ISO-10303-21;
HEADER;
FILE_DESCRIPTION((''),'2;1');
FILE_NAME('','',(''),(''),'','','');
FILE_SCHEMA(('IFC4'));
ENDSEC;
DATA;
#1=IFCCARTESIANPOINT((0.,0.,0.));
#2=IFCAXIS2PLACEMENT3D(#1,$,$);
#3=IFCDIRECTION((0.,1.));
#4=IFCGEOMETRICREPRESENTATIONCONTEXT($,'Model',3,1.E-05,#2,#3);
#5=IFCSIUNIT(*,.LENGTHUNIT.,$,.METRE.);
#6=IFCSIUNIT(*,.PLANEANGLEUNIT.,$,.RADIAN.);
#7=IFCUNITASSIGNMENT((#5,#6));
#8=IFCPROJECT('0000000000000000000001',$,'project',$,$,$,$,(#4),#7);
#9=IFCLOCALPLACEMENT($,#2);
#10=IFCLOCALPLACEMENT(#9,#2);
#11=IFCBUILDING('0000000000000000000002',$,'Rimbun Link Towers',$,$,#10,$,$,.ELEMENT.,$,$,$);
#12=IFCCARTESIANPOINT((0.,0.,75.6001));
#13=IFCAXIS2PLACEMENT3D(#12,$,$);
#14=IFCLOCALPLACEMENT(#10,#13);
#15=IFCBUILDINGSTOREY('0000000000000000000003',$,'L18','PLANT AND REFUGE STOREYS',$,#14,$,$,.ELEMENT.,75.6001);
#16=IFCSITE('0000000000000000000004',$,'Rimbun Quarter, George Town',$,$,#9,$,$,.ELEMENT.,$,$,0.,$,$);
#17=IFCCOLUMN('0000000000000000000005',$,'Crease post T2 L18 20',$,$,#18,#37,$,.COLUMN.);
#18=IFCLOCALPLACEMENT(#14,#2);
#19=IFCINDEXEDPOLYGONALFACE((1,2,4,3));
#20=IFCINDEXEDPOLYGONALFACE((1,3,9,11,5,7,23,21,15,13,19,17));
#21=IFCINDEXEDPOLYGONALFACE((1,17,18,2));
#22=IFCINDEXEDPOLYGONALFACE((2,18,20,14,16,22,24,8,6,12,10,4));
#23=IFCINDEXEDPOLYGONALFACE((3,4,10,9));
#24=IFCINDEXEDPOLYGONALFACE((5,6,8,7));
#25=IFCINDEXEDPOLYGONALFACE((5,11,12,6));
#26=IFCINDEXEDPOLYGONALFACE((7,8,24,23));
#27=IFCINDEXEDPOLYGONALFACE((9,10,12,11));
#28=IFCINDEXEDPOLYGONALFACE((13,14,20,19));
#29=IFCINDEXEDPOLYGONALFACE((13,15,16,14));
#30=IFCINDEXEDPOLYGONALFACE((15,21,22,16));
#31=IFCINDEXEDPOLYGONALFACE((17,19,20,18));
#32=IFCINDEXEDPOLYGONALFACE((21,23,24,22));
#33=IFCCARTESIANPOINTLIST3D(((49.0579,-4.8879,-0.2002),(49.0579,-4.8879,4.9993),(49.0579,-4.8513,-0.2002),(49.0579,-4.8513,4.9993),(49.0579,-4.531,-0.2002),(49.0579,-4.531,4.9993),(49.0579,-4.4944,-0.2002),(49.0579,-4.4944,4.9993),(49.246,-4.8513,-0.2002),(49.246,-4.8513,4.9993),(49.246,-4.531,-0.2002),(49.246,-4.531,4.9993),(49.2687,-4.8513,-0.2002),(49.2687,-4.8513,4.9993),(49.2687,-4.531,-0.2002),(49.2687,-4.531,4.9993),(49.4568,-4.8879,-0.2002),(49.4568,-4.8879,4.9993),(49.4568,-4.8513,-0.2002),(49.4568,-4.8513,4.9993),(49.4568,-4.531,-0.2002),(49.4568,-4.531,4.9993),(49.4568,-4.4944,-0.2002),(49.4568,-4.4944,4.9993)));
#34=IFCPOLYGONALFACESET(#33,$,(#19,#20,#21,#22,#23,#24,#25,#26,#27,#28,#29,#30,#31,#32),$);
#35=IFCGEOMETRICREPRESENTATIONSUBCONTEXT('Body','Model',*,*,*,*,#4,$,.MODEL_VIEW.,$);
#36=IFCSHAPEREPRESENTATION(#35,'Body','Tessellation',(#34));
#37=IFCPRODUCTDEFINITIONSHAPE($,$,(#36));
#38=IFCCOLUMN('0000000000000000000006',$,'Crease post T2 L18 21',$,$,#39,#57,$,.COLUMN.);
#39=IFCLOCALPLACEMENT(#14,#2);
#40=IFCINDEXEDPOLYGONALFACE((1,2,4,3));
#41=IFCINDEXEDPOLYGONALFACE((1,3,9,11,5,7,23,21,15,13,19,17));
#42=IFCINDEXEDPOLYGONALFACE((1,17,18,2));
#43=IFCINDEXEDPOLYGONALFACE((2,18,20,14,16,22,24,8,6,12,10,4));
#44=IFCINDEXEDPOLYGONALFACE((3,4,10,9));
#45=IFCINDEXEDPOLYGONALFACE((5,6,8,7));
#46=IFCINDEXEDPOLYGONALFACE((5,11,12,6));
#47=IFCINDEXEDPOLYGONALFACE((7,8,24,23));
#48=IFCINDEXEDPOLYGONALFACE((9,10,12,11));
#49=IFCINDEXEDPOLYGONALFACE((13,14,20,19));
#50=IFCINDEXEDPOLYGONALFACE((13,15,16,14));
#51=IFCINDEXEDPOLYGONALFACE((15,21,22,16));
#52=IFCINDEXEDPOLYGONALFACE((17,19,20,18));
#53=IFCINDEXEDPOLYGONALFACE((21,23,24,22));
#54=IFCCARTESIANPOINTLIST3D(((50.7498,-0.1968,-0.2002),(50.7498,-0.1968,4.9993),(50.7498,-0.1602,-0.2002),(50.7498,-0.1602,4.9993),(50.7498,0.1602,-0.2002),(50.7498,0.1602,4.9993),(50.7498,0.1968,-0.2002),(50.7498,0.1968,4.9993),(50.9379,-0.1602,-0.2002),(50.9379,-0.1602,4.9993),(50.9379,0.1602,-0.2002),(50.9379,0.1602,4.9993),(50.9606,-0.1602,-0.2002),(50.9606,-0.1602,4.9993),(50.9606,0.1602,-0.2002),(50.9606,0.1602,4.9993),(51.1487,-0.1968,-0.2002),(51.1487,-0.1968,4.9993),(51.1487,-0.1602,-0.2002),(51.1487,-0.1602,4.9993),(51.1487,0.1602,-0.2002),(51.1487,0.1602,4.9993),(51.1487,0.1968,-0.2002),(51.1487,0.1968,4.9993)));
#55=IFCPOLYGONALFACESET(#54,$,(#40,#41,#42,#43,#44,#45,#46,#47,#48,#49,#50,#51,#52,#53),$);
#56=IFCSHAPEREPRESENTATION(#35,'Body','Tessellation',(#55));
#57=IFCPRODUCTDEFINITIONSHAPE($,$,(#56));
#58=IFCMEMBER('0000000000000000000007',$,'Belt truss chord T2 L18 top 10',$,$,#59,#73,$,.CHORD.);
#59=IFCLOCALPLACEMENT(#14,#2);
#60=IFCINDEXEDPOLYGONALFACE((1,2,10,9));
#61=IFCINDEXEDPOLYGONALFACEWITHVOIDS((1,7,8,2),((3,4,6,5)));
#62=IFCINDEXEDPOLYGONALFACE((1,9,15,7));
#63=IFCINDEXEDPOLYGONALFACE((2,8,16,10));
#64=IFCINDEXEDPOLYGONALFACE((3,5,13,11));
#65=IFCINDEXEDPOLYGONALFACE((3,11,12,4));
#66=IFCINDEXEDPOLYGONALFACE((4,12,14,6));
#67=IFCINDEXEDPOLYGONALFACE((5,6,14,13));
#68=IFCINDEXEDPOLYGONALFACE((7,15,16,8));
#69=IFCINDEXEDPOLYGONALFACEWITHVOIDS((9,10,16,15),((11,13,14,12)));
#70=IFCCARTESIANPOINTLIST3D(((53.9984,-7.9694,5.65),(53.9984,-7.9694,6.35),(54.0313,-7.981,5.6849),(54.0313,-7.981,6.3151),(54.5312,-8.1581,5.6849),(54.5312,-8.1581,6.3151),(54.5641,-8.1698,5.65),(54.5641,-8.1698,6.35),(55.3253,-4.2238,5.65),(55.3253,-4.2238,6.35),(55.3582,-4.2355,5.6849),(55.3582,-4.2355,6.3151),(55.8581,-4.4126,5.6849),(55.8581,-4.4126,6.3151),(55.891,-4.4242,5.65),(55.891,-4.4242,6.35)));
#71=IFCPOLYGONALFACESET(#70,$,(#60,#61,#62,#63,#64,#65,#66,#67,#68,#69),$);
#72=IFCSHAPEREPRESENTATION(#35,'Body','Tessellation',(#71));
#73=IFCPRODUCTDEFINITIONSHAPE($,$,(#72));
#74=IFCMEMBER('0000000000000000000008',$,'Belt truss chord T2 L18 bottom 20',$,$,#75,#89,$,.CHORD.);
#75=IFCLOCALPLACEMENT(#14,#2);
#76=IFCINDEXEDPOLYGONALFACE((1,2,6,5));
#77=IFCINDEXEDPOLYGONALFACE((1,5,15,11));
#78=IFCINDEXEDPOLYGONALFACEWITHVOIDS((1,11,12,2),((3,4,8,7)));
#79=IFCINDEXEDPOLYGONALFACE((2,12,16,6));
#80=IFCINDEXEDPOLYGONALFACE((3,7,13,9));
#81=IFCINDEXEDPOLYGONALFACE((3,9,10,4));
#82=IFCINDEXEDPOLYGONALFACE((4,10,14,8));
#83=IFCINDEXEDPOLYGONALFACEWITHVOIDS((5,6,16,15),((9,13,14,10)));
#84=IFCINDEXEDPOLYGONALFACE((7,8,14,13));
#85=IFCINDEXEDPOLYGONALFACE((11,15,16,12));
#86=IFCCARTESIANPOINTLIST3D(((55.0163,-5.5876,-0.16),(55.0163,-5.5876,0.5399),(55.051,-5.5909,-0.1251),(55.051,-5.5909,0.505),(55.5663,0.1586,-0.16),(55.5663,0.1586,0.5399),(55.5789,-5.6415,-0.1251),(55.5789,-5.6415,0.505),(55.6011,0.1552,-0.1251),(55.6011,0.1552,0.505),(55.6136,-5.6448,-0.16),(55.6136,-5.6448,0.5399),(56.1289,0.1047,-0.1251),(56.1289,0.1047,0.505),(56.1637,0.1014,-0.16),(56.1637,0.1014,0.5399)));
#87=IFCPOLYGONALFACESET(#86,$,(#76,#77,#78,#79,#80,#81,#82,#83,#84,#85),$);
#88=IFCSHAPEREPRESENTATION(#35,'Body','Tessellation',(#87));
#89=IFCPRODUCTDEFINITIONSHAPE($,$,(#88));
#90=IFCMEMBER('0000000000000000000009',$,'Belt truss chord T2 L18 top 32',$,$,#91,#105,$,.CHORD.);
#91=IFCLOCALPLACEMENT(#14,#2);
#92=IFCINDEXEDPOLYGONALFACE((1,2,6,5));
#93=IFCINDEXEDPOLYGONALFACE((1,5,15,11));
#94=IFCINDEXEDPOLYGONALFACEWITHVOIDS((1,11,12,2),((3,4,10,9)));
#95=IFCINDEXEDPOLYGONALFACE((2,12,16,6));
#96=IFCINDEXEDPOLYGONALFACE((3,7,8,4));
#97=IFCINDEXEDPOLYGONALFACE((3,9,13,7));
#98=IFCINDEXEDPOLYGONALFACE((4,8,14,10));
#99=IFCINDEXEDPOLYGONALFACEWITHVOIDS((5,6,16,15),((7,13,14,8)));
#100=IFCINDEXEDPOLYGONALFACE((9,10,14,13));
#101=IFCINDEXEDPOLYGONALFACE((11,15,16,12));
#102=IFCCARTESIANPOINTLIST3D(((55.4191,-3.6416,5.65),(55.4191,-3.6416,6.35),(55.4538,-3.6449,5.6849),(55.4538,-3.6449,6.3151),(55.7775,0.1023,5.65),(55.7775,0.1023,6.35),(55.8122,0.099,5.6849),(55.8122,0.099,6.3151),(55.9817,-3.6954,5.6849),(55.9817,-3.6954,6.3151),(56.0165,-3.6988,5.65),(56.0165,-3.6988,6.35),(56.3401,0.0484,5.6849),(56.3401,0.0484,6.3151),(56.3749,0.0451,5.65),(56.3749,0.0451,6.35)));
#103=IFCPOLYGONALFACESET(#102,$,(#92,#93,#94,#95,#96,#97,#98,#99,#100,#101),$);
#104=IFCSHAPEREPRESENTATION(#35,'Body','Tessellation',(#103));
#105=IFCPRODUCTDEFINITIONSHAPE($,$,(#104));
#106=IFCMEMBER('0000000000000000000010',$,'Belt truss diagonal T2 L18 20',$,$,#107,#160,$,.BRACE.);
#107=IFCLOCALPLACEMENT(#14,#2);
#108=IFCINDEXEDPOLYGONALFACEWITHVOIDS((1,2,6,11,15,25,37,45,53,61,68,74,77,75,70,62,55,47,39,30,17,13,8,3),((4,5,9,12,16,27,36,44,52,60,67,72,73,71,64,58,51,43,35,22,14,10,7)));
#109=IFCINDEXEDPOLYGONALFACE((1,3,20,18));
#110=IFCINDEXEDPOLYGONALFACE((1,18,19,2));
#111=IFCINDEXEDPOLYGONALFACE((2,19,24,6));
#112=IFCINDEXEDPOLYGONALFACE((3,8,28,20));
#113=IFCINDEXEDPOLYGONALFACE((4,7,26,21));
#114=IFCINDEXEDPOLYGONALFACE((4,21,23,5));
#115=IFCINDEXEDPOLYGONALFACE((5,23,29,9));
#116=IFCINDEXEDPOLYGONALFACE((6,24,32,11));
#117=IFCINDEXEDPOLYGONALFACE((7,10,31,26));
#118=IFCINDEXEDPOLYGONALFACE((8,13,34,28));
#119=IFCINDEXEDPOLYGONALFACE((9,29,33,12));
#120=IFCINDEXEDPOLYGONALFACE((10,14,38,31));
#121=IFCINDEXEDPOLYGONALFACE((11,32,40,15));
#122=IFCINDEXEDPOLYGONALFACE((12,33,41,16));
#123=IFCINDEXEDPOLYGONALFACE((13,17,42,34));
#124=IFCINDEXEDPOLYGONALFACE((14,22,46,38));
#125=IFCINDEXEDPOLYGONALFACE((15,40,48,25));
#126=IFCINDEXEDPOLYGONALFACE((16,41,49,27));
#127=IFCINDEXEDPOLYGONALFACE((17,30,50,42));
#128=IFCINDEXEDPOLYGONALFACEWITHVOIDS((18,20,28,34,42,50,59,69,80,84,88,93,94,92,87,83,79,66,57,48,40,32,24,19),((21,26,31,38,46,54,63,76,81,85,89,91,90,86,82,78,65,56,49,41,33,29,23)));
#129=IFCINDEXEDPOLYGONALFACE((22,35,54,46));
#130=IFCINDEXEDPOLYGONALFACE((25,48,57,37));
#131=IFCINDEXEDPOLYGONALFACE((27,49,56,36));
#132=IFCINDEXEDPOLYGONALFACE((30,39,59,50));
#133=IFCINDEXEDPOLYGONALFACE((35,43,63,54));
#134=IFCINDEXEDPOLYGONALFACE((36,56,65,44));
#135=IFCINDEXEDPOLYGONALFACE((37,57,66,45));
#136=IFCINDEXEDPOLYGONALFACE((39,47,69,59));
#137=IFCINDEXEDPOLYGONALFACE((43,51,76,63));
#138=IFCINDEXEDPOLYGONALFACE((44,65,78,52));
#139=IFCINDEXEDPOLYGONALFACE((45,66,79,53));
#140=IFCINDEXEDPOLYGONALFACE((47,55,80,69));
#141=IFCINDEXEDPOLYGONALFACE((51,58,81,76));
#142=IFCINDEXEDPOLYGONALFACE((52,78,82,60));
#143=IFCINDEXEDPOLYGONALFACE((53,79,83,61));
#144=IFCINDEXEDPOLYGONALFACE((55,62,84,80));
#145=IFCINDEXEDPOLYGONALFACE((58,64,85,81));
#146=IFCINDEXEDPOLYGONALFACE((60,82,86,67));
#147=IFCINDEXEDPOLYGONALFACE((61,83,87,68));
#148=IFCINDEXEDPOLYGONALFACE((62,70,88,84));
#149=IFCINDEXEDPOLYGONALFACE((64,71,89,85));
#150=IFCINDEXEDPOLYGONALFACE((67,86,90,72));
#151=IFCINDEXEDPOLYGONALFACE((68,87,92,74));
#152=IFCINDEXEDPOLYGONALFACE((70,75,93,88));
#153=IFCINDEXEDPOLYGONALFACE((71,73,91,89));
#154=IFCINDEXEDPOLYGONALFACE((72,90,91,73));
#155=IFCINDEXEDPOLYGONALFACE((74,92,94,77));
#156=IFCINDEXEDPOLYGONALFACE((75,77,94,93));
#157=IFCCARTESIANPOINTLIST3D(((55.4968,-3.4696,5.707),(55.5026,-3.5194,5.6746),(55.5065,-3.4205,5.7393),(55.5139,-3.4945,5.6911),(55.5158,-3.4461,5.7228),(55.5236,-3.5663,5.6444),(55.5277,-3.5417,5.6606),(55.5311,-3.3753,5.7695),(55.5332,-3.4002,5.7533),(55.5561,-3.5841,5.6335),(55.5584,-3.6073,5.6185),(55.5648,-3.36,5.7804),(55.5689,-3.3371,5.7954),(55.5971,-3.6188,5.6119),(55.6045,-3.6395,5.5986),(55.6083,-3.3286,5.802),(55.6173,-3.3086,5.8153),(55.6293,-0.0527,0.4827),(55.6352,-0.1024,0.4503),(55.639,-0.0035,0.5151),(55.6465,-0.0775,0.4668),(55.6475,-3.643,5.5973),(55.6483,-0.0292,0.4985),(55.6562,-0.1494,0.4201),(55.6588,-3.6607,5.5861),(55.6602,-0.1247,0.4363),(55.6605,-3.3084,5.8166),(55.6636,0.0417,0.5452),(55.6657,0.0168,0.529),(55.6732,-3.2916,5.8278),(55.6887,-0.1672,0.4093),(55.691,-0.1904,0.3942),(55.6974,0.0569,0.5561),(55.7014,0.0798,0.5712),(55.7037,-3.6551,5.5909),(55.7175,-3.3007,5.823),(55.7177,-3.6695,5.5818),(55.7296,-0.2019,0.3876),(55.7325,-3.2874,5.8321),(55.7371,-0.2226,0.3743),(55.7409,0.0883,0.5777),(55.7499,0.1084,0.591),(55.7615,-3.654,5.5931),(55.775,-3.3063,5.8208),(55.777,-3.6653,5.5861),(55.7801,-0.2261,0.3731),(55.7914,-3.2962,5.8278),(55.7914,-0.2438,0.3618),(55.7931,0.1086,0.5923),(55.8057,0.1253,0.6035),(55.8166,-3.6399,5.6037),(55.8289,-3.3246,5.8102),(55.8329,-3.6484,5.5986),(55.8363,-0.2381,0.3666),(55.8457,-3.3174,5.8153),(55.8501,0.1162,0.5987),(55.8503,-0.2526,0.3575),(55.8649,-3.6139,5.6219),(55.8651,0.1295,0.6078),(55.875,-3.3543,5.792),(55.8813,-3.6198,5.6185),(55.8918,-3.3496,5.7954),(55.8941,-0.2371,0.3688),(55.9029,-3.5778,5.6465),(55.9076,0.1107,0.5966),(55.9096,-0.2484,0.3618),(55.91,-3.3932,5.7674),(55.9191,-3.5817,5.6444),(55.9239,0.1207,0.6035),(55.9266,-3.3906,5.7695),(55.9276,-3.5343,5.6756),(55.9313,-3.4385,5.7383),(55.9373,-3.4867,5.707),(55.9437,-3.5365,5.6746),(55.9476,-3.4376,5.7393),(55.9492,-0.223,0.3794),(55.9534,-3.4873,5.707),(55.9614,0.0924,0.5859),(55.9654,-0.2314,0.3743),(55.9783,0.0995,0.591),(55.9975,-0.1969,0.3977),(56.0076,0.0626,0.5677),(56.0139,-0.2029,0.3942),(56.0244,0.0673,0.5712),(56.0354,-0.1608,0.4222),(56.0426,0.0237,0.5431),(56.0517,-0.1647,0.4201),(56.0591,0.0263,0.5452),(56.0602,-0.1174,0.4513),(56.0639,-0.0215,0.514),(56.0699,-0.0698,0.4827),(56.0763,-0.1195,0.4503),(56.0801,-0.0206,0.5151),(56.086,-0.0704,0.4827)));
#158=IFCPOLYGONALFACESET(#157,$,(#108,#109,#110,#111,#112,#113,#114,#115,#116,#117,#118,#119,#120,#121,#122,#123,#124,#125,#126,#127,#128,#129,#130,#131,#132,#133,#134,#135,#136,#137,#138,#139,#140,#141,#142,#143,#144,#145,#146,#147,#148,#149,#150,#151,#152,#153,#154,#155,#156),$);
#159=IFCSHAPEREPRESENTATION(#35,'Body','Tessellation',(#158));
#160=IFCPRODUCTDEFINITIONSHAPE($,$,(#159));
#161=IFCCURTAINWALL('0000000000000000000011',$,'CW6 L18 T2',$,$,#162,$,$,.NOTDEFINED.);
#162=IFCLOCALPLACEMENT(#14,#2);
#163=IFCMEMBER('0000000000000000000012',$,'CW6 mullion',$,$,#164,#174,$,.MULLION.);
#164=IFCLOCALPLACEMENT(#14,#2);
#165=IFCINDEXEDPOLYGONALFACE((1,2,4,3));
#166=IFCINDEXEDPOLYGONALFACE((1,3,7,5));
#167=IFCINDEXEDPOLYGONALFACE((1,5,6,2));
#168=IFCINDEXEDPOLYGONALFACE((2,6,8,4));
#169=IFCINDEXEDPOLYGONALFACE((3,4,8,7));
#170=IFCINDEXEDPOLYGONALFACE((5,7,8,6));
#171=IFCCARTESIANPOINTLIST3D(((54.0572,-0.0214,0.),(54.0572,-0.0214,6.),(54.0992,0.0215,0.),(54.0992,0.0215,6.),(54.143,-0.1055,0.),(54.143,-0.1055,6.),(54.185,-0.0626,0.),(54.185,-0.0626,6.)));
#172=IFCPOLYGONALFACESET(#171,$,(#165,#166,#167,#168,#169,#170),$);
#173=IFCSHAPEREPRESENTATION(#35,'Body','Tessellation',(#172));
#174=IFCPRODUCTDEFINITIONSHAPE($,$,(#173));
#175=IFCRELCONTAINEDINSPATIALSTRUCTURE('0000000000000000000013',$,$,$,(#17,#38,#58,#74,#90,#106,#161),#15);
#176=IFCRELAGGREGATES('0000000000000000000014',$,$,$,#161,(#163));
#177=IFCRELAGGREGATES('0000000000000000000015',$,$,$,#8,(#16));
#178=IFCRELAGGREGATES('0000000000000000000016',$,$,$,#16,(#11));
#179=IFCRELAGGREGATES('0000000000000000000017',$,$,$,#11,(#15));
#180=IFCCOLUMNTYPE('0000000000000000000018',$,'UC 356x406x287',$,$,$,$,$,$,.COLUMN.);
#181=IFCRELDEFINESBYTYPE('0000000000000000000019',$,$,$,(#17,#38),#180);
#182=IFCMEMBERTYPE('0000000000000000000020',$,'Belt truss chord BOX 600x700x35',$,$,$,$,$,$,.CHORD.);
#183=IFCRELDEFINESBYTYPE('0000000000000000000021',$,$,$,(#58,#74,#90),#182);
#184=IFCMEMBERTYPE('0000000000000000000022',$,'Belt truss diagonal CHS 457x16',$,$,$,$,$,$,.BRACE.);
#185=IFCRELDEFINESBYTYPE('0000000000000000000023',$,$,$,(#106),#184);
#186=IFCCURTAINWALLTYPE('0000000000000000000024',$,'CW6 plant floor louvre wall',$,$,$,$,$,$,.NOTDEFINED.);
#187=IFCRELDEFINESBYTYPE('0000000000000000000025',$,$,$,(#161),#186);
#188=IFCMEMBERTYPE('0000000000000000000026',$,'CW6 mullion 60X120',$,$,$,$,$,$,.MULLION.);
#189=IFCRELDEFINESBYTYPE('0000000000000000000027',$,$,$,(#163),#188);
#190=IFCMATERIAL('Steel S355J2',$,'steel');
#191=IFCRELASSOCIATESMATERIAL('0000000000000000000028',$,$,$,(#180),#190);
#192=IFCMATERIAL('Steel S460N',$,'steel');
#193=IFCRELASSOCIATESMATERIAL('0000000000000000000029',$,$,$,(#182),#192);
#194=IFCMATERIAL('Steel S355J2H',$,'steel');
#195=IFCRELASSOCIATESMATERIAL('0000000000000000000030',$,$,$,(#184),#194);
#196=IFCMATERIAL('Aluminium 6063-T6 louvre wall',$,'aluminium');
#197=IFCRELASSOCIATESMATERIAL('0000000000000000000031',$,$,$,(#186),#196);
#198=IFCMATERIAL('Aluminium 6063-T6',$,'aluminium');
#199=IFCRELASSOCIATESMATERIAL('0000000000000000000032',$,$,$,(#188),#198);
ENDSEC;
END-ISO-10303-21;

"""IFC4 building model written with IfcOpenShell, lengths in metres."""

from ifc_helpers import new_model, si_unit, direction, frame, origin, origin_2d, place, context, subcontext, project, spatial, rectangle, hollow_rectangle, hollow_circle, i_section, extrude, material, material_profile, profile_set, type_object, element, aggregate, save


model = new_model("IFC4")

# Units and contexts
model_context = context("Model", 3, precision=1e-05, world=origin(), true_north=direction((0.0, 1.0)))
body_context = subcontext(model_context, "Body", "Model", "MODEL_VIEW")
ifc_project = project(units=[si_unit("LENGTHUNIT", "METRE"), si_unit("PLANEANGLEUNIT", "RADIAN")], contexts=[model_context])

# Site, building, storey
site_placement = place(None, origin())
site = spatial("IfcSite", under=ifc_project, at=site_placement, Name="Rimbun Quarter, George Town", CompositionType="ELEMENT", RefElevation=0.0)
building_placement = place(site_placement, origin())
building = spatial("IfcBuilding", under=site, at=building_placement, Name="Rimbun Link Towers", CompositionType="ELEMENT")
storey_placement = place(building_placement, frame((0.0, 0.0, 75.6001)))
storey = spatial("IfcBuildingStorey", under=building, at=storey_placement, Name="L18", Description="PLANT AND REFUGE STOREYS", CompositionType="ELEMENT", Elevation=75.6001)

# Columns
ifc_material_1 = material(Name="Steel S355J2", Category="steel")
ifc_material_profile_1 = material_profile(ifc_material_1, i_section(OverallWidth=0.3989, OverallDepth=0.3936, WebThickness=0.0227, FlangeThickness=0.0366, at=origin_2d()), Name="UC 356x406x287")
ifc_profile_set_1 = profile_set([ifc_material_profile_1], Name="Steel S355J2")
column_type = type_object("IfcColumnType", Name="UC 356x406x287", PredefinedType="COLUMN", material=ifc_profile_set_1)
for number, where, z_axis, x_axis, name in (
    (1, (49.2573, -4.6912, -0.2002), (0.0, 0.0, 1.0), (1.0, 0.0, 0.0), "Crease post T2 L18 20"),
    (2, (50.9492, 0.0, -0.2002), (0.0, 0.0, 1.0), (1.0, 0.0, 0.0), "Crease post T2 L18 21"),
):
    element("IfcColumn", number, at=place(storey_placement, frame(where, z_axis=z_axis, x_axis=x_axis)), inside=storey, type_object=column_type, Name=name, PredefinedType="COLUMN", context=body_context, shape_type="SweptSolid", body=[
        extrude(i_section(OverallWidth=0.3989, OverallDepth=0.3936, WebThickness=0.0227, FlangeThickness=0.0366, at=origin_2d()), origin(), (0.0, 0.0, 1.0), 5.1995),
    ])

# Members
ifc_material_2 = material(Name="Steel S460N", Category="steel")
ifc_material_profile_2 = material_profile(ifc_material_2, hollow_rectangle(XDim=0.6001, YDim=0.7, WallThickness=0.0349, at=origin_2d()), Name="Belt truss chord BOX 600x700x35")
ifc_profile_set_2 = profile_set([ifc_material_profile_2], Name="Steel S460N")
member_type_1 = type_object("IfcMemberType", Name="Belt truss chord BOX 600x700x35", PredefinedType="CHORD", material=ifc_profile_set_2)
member_1_placement = place(storey_placement, frame((54.2812, -8.0696, 6.0), z_axis=(0.333922, 0.942601, 0.0), x_axis=(-0.942601, 0.333922, 0.0)))
element("IfcMember", 3, at=member_1_placement, inside=storey, type_object=member_type_1, Name="Belt truss chord T2 L18 top 10", PredefinedType="CHORD", context=body_context, shape_type="SweptSolid", body=[
    extrude(hollow_rectangle(XDim=0.6001, YDim=0.7, WallThickness=0.0349, at=origin_2d()), origin(), (0.0, 0.0, 1.0), 3.9736),
])
member_2_placement = place(storey_placement, frame((55.3149, -5.6162, 0.1899), z_axis=(0.09529, 0.99545, 0.0), x_axis=(-0.99545, 0.09529, 0.0)))
element("IfcMember", 4, at=member_2_placement, inside=storey, type_object=member_type_1, Name="Belt truss chord T2 L18 bottom 20", PredefinedType="CHORD", context=body_context, shape_type="SweptSolid", body=[
    extrude(hollow_rectangle(XDim=0.6001, YDim=0.7, WallThickness=0.0349, at=origin_2d()), origin(), (0.0, 0.0, 1.0), 5.7725),
])
member_3_placement = place(storey_placement, frame((55.7178, -3.6702, 6.0), z_axis=(0.095293, 0.995449, 0.0), x_axis=(-0.995449, 0.095293, 0.0)))
element("IfcMember", 5, at=member_3_placement, inside=storey, type_object=member_type_1, Name="Belt truss chord T2 L18 top 32", PredefinedType="CHORD", context=body_context, shape_type="SweptSolid", body=[
    extrude(hollow_rectangle(XDim=0.6001, YDim=0.7, WallThickness=0.0349, at=origin_2d()), origin(), (0.0, 0.0, 1.0), 3.761),
])
ifc_material_3 = material(Name="Steel S355J2H", Category="steel")
ifc_material_profile_3 = material_profile(ifc_material_3, hollow_circle(Radius=0.2285, WallThickness=0.0161, at=origin_2d()), Name="Belt truss diagonal CHS 457x16")
ifc_profile_set_3 = profile_set([ifc_material_profile_3], Name="Steel S355J2H")
member_type_2 = type_object("IfcMemberType", Name="Belt truss diagonal CHS 457x16", PredefinedType="BRACE", material=ifc_profile_set_3)
member_4_placement = place(storey_placement, frame((55.8577, -0.0615, 0.4827), z_axis=(-0.021231, -0.547245, 0.836703), x_axis=(0.999248, -0.038768, 0.0)))
element("IfcMember", 6, at=member_4_placement, inside=storey, type_object=member_type_2, Name="Belt truss diagonal T2 L18 20", PredefinedType="BRACE", context=body_context, shape_type="SweptSolid", body=[
    extrude(hollow_circle(Radius=0.2285, WallThickness=0.0161, at=origin_2d()), origin(), (0.0, 0.0, 1.0), 6.2439),
])

# Curtain wall, member
ifc_material_4 = material(Name="Aluminium 6063-T6 louvre wall", Category="aluminium")
curtain_wall_type = type_object("IfcCurtainWallType", Name="CW6 plant floor louvre wall", PredefinedType="NOTDEFINED", material=ifc_material_4)
curtain_wall_placement = place(storey_placement, origin())
curtain_wall = element("IfcCurtainWall", 7, at=curtain_wall_placement, inside=storey, type_object=curtain_wall_type, Name="CW6 L18 T2", PredefinedType="NOTDEFINED")
ifc_material_5 = material(Name="Aluminium 6063-T6", Category="aluminium")
ifc_material_profile_4 = material_profile(ifc_material_5, rectangle(XDim=0.1201, YDim=0.0601, at=origin_2d()), Name="MULLION 60X120")
ifc_profile_set_4 = profile_set([ifc_material_profile_4], Name="Aluminium 6063-T6")
member_type_3 = type_object("IfcMemberType", Name="CW6 mullion 60X120", PredefinedType="MULLION", material=ifc_profile_set_4)
member_5_placement = place(storey_placement, frame((54.1211, -0.042, 0.0), z_axis=(0.0, 0.0, 1.0), x_axis=(0.714513, -0.699623, 0.0)))
member_5 = element("IfcMember", 8, at=member_5_placement, type_object=member_type_3, Name="CW6 mullion", PredefinedType="MULLION", context=body_context, shape_type="SweptSolid", body=[
    extrude(rectangle(XDim=0.1201, YDim=0.0601, at=origin_2d()), origin(), (0.0, 0.0, 1.0), 6.0),
])
aggregate(curtain_wall, [member_5])

save(model, "model.ifc")
